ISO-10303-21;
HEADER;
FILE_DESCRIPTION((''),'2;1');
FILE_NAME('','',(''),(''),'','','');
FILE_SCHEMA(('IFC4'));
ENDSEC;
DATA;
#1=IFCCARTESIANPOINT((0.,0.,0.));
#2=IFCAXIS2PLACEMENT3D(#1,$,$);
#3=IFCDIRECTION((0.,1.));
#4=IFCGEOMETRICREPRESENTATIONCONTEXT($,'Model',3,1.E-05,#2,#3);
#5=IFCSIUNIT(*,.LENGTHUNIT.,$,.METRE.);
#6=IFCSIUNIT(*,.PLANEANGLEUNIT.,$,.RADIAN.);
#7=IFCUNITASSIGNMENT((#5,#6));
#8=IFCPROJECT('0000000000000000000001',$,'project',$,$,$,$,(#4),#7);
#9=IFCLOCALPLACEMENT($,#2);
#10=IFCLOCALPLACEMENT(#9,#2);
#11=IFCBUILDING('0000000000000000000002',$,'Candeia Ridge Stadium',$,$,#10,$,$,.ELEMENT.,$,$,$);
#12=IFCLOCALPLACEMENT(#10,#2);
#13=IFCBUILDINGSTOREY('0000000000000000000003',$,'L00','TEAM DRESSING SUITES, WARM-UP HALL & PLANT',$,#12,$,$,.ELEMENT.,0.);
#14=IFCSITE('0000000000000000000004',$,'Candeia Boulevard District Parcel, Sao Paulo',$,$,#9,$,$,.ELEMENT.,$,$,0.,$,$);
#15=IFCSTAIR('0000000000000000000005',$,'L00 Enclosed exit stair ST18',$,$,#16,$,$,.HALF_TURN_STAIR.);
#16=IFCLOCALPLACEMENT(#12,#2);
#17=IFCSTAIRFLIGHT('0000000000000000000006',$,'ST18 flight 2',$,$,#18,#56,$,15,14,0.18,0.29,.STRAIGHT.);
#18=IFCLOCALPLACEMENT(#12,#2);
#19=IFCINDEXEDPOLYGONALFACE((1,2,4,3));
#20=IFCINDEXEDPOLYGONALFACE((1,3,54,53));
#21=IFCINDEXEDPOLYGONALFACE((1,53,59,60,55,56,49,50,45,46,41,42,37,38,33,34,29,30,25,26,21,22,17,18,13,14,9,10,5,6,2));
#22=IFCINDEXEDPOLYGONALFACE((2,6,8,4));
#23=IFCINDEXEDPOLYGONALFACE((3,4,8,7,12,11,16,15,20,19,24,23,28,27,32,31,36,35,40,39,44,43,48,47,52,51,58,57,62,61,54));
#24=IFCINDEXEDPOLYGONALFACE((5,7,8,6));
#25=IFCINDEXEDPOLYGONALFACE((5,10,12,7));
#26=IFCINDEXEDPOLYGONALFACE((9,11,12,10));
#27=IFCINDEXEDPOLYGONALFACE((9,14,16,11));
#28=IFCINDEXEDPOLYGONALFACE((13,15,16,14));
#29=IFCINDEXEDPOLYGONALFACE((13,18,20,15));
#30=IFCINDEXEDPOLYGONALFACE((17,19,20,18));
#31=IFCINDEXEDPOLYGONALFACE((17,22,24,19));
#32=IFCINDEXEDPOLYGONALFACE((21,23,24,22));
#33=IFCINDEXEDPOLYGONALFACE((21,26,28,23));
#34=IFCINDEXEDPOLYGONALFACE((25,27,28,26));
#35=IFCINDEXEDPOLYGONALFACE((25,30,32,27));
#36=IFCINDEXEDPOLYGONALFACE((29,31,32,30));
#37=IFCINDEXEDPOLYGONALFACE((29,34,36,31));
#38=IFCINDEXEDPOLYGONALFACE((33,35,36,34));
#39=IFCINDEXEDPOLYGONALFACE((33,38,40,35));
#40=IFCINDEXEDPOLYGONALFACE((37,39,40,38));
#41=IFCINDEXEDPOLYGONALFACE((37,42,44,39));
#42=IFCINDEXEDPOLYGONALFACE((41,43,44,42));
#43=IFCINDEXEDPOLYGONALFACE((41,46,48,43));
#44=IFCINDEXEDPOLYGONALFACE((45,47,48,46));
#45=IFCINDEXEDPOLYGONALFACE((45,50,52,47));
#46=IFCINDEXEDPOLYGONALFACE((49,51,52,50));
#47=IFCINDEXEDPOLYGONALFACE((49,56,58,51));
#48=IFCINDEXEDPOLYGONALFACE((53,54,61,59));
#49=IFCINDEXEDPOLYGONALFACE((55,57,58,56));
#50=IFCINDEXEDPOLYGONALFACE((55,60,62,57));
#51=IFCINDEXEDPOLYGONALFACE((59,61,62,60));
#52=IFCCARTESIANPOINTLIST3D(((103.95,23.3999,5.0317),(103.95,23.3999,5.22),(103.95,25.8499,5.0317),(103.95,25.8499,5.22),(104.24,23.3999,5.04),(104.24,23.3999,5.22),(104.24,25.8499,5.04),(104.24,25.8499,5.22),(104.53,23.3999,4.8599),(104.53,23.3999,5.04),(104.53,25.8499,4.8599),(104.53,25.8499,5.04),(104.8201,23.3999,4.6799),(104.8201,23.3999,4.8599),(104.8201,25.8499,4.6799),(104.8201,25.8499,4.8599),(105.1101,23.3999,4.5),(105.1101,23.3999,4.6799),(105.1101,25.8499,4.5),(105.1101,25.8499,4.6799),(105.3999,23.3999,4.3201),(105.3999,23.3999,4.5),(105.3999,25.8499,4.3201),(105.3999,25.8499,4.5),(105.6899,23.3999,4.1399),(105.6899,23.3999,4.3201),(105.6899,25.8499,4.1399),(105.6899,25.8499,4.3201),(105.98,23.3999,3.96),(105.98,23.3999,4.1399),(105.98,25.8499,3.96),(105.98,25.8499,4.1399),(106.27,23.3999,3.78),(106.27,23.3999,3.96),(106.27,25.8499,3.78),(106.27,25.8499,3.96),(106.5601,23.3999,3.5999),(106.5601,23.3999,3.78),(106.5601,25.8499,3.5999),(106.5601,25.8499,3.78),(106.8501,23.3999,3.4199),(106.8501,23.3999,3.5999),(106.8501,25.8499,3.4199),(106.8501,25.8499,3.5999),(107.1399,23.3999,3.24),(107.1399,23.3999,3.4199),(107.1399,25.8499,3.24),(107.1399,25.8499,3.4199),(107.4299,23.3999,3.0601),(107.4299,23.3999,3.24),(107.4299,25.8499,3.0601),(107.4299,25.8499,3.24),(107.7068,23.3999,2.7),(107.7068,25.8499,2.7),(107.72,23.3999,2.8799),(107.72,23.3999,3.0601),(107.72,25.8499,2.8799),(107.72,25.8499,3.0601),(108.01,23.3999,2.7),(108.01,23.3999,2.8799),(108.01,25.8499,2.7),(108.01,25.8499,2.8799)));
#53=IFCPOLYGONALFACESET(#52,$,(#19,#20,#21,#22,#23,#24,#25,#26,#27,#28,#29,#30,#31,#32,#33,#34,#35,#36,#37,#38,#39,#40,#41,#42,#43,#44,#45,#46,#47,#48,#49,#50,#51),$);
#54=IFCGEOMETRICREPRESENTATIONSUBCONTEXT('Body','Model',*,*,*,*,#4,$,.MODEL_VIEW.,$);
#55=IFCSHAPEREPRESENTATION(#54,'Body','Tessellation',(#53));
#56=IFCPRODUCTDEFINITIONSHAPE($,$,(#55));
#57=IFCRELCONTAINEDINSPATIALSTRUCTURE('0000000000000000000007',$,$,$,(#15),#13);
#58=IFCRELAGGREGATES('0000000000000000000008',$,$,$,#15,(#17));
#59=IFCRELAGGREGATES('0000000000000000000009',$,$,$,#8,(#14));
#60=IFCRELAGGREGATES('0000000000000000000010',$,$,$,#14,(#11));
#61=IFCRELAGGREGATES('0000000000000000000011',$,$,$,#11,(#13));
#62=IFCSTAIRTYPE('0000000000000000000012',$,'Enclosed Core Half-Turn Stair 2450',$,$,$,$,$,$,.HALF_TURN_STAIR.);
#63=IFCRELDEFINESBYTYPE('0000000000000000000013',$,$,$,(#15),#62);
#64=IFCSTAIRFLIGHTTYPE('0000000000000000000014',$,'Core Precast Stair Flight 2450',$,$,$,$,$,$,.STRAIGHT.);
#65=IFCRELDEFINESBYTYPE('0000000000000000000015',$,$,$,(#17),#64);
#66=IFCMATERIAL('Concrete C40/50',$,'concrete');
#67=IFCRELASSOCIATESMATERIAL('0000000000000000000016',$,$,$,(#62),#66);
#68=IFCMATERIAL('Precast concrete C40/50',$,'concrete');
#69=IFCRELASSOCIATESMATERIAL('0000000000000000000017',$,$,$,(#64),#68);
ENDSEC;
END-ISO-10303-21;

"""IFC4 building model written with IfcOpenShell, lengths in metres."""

from ifc_helpers import new_model, si_unit, direction, frame, origin, place, context, subcontext, project, spatial, polyline, outline, extrude, material, type_object, element, aggregate, save


model = new_model("IFC4")

# Units and contexts
model_context = context("Model", 3, precision=1e-05, world=origin(), true_north=direction((0.0, 1.0)))
body_context = subcontext(model_context, "Body", "Model", "MODEL_VIEW")
ifc_project = project(units=[si_unit("LENGTHUNIT", "METRE"), si_unit("PLANEANGLEUNIT", "RADIAN")], contexts=[model_context])

# Site, building, storey
site_placement = place(None, origin())
site = spatial("IfcSite", under=ifc_project, at=site_placement, Name="Candeia Boulevard District Parcel, Sao Paulo", CompositionType="ELEMENT", RefElevation=0.0)
building_placement = place(site_placement, origin())
building = spatial("IfcBuilding", under=site, at=building_placement, Name="Candeia Ridge Stadium", CompositionType="ELEMENT")
storey_placement = place(building_placement, origin())
storey = spatial("IfcBuildingStorey", under=building, at=storey_placement, Name="L00", Description="TEAM DRESSING SUITES, WARM-UP HALL & PLANT", CompositionType="ELEMENT", Elevation=0.0)

# Shared definitions
ifc_material_1 = material(Name="Concrete C40/50", Category="concrete")

# Stair, stair flight
stair_type = type_object("IfcStairType", Name="Enclosed Core Half-Turn Stair 2450", PredefinedType="HALF_TURN_STAIR", material=ifc_material_1)
stair_placement = place(storey_placement, origin())
stair = element("IfcStair", 1, at=stair_placement, inside=storey, type_object=stair_type, Name="L00 Enclosed exit stair ST18", PredefinedType="HALF_TURN_STAIR")
ifc_material_2 = material(Name="Precast concrete C40/50", Category="concrete")
stair_flight_type = type_object("IfcStairFlightType", Name="Core Precast Stair Flight 2450", PredefinedType="STRAIGHT", material=ifc_material_2)
stair_flight_1_placement = place(storey_placement, frame((108.01, 24.625, 2.7), z_axis=(0.0, 0.0, 1.0), x_axis=(-1.0, 0.0, 0.0)))
stair_flight_1 = element("IfcStairFlight", 2, at=stair_flight_1_placement, type_object=stair_flight_type, Name="ST18 flight 2", NumberOfRisers=15, NumberOfTreads=14, PredefinedType="STRAIGHT", RiserHeight=0.18, TreadLength=0.29, context=body_context, shape_type="SweptSolid", body=[
    extrude(outline(polyline([(0.0, 0.0), (0.0, 0.1799), (0.29, 0.1799), (0.29, 0.3601), (0.5801, 0.3601), (0.5801, 0.54), (0.8701, 0.54), (0.8701, 0.72), (1.1599, 0.72), (1.1599, 0.8999), (1.45, 0.8999), (1.45, 1.0801), (1.74, 1.0801), (1.74, 1.26), (2.03, 1.26), (2.03, 1.4399), (2.3201, 1.4399), (2.3201, 1.6201), (2.6101, 1.6201), (2.6101, 1.8), (2.8999, 1.8), (2.8999, 1.98), (3.1899, 1.98), (3.1899, 2.1599), (3.48, 2.1599), (3.48, 2.3401), (3.77, 2.3401), (3.77, 2.52), (4.0601, 2.52), (4.0601, 2.7), (4.0601, 2.3318), (0.3032, 0.0), (0.0, 0.0)])), frame((0.0, 1.2251, 0.0), z_axis=(0.0, -1.0, 0.0), x_axis=(1.0, 0.0, 0.0)), (0.0, 0.0, 1.0), 2.45),
])
aggregate(stair, [stair_flight_1])

save(model, "model.ifc")
